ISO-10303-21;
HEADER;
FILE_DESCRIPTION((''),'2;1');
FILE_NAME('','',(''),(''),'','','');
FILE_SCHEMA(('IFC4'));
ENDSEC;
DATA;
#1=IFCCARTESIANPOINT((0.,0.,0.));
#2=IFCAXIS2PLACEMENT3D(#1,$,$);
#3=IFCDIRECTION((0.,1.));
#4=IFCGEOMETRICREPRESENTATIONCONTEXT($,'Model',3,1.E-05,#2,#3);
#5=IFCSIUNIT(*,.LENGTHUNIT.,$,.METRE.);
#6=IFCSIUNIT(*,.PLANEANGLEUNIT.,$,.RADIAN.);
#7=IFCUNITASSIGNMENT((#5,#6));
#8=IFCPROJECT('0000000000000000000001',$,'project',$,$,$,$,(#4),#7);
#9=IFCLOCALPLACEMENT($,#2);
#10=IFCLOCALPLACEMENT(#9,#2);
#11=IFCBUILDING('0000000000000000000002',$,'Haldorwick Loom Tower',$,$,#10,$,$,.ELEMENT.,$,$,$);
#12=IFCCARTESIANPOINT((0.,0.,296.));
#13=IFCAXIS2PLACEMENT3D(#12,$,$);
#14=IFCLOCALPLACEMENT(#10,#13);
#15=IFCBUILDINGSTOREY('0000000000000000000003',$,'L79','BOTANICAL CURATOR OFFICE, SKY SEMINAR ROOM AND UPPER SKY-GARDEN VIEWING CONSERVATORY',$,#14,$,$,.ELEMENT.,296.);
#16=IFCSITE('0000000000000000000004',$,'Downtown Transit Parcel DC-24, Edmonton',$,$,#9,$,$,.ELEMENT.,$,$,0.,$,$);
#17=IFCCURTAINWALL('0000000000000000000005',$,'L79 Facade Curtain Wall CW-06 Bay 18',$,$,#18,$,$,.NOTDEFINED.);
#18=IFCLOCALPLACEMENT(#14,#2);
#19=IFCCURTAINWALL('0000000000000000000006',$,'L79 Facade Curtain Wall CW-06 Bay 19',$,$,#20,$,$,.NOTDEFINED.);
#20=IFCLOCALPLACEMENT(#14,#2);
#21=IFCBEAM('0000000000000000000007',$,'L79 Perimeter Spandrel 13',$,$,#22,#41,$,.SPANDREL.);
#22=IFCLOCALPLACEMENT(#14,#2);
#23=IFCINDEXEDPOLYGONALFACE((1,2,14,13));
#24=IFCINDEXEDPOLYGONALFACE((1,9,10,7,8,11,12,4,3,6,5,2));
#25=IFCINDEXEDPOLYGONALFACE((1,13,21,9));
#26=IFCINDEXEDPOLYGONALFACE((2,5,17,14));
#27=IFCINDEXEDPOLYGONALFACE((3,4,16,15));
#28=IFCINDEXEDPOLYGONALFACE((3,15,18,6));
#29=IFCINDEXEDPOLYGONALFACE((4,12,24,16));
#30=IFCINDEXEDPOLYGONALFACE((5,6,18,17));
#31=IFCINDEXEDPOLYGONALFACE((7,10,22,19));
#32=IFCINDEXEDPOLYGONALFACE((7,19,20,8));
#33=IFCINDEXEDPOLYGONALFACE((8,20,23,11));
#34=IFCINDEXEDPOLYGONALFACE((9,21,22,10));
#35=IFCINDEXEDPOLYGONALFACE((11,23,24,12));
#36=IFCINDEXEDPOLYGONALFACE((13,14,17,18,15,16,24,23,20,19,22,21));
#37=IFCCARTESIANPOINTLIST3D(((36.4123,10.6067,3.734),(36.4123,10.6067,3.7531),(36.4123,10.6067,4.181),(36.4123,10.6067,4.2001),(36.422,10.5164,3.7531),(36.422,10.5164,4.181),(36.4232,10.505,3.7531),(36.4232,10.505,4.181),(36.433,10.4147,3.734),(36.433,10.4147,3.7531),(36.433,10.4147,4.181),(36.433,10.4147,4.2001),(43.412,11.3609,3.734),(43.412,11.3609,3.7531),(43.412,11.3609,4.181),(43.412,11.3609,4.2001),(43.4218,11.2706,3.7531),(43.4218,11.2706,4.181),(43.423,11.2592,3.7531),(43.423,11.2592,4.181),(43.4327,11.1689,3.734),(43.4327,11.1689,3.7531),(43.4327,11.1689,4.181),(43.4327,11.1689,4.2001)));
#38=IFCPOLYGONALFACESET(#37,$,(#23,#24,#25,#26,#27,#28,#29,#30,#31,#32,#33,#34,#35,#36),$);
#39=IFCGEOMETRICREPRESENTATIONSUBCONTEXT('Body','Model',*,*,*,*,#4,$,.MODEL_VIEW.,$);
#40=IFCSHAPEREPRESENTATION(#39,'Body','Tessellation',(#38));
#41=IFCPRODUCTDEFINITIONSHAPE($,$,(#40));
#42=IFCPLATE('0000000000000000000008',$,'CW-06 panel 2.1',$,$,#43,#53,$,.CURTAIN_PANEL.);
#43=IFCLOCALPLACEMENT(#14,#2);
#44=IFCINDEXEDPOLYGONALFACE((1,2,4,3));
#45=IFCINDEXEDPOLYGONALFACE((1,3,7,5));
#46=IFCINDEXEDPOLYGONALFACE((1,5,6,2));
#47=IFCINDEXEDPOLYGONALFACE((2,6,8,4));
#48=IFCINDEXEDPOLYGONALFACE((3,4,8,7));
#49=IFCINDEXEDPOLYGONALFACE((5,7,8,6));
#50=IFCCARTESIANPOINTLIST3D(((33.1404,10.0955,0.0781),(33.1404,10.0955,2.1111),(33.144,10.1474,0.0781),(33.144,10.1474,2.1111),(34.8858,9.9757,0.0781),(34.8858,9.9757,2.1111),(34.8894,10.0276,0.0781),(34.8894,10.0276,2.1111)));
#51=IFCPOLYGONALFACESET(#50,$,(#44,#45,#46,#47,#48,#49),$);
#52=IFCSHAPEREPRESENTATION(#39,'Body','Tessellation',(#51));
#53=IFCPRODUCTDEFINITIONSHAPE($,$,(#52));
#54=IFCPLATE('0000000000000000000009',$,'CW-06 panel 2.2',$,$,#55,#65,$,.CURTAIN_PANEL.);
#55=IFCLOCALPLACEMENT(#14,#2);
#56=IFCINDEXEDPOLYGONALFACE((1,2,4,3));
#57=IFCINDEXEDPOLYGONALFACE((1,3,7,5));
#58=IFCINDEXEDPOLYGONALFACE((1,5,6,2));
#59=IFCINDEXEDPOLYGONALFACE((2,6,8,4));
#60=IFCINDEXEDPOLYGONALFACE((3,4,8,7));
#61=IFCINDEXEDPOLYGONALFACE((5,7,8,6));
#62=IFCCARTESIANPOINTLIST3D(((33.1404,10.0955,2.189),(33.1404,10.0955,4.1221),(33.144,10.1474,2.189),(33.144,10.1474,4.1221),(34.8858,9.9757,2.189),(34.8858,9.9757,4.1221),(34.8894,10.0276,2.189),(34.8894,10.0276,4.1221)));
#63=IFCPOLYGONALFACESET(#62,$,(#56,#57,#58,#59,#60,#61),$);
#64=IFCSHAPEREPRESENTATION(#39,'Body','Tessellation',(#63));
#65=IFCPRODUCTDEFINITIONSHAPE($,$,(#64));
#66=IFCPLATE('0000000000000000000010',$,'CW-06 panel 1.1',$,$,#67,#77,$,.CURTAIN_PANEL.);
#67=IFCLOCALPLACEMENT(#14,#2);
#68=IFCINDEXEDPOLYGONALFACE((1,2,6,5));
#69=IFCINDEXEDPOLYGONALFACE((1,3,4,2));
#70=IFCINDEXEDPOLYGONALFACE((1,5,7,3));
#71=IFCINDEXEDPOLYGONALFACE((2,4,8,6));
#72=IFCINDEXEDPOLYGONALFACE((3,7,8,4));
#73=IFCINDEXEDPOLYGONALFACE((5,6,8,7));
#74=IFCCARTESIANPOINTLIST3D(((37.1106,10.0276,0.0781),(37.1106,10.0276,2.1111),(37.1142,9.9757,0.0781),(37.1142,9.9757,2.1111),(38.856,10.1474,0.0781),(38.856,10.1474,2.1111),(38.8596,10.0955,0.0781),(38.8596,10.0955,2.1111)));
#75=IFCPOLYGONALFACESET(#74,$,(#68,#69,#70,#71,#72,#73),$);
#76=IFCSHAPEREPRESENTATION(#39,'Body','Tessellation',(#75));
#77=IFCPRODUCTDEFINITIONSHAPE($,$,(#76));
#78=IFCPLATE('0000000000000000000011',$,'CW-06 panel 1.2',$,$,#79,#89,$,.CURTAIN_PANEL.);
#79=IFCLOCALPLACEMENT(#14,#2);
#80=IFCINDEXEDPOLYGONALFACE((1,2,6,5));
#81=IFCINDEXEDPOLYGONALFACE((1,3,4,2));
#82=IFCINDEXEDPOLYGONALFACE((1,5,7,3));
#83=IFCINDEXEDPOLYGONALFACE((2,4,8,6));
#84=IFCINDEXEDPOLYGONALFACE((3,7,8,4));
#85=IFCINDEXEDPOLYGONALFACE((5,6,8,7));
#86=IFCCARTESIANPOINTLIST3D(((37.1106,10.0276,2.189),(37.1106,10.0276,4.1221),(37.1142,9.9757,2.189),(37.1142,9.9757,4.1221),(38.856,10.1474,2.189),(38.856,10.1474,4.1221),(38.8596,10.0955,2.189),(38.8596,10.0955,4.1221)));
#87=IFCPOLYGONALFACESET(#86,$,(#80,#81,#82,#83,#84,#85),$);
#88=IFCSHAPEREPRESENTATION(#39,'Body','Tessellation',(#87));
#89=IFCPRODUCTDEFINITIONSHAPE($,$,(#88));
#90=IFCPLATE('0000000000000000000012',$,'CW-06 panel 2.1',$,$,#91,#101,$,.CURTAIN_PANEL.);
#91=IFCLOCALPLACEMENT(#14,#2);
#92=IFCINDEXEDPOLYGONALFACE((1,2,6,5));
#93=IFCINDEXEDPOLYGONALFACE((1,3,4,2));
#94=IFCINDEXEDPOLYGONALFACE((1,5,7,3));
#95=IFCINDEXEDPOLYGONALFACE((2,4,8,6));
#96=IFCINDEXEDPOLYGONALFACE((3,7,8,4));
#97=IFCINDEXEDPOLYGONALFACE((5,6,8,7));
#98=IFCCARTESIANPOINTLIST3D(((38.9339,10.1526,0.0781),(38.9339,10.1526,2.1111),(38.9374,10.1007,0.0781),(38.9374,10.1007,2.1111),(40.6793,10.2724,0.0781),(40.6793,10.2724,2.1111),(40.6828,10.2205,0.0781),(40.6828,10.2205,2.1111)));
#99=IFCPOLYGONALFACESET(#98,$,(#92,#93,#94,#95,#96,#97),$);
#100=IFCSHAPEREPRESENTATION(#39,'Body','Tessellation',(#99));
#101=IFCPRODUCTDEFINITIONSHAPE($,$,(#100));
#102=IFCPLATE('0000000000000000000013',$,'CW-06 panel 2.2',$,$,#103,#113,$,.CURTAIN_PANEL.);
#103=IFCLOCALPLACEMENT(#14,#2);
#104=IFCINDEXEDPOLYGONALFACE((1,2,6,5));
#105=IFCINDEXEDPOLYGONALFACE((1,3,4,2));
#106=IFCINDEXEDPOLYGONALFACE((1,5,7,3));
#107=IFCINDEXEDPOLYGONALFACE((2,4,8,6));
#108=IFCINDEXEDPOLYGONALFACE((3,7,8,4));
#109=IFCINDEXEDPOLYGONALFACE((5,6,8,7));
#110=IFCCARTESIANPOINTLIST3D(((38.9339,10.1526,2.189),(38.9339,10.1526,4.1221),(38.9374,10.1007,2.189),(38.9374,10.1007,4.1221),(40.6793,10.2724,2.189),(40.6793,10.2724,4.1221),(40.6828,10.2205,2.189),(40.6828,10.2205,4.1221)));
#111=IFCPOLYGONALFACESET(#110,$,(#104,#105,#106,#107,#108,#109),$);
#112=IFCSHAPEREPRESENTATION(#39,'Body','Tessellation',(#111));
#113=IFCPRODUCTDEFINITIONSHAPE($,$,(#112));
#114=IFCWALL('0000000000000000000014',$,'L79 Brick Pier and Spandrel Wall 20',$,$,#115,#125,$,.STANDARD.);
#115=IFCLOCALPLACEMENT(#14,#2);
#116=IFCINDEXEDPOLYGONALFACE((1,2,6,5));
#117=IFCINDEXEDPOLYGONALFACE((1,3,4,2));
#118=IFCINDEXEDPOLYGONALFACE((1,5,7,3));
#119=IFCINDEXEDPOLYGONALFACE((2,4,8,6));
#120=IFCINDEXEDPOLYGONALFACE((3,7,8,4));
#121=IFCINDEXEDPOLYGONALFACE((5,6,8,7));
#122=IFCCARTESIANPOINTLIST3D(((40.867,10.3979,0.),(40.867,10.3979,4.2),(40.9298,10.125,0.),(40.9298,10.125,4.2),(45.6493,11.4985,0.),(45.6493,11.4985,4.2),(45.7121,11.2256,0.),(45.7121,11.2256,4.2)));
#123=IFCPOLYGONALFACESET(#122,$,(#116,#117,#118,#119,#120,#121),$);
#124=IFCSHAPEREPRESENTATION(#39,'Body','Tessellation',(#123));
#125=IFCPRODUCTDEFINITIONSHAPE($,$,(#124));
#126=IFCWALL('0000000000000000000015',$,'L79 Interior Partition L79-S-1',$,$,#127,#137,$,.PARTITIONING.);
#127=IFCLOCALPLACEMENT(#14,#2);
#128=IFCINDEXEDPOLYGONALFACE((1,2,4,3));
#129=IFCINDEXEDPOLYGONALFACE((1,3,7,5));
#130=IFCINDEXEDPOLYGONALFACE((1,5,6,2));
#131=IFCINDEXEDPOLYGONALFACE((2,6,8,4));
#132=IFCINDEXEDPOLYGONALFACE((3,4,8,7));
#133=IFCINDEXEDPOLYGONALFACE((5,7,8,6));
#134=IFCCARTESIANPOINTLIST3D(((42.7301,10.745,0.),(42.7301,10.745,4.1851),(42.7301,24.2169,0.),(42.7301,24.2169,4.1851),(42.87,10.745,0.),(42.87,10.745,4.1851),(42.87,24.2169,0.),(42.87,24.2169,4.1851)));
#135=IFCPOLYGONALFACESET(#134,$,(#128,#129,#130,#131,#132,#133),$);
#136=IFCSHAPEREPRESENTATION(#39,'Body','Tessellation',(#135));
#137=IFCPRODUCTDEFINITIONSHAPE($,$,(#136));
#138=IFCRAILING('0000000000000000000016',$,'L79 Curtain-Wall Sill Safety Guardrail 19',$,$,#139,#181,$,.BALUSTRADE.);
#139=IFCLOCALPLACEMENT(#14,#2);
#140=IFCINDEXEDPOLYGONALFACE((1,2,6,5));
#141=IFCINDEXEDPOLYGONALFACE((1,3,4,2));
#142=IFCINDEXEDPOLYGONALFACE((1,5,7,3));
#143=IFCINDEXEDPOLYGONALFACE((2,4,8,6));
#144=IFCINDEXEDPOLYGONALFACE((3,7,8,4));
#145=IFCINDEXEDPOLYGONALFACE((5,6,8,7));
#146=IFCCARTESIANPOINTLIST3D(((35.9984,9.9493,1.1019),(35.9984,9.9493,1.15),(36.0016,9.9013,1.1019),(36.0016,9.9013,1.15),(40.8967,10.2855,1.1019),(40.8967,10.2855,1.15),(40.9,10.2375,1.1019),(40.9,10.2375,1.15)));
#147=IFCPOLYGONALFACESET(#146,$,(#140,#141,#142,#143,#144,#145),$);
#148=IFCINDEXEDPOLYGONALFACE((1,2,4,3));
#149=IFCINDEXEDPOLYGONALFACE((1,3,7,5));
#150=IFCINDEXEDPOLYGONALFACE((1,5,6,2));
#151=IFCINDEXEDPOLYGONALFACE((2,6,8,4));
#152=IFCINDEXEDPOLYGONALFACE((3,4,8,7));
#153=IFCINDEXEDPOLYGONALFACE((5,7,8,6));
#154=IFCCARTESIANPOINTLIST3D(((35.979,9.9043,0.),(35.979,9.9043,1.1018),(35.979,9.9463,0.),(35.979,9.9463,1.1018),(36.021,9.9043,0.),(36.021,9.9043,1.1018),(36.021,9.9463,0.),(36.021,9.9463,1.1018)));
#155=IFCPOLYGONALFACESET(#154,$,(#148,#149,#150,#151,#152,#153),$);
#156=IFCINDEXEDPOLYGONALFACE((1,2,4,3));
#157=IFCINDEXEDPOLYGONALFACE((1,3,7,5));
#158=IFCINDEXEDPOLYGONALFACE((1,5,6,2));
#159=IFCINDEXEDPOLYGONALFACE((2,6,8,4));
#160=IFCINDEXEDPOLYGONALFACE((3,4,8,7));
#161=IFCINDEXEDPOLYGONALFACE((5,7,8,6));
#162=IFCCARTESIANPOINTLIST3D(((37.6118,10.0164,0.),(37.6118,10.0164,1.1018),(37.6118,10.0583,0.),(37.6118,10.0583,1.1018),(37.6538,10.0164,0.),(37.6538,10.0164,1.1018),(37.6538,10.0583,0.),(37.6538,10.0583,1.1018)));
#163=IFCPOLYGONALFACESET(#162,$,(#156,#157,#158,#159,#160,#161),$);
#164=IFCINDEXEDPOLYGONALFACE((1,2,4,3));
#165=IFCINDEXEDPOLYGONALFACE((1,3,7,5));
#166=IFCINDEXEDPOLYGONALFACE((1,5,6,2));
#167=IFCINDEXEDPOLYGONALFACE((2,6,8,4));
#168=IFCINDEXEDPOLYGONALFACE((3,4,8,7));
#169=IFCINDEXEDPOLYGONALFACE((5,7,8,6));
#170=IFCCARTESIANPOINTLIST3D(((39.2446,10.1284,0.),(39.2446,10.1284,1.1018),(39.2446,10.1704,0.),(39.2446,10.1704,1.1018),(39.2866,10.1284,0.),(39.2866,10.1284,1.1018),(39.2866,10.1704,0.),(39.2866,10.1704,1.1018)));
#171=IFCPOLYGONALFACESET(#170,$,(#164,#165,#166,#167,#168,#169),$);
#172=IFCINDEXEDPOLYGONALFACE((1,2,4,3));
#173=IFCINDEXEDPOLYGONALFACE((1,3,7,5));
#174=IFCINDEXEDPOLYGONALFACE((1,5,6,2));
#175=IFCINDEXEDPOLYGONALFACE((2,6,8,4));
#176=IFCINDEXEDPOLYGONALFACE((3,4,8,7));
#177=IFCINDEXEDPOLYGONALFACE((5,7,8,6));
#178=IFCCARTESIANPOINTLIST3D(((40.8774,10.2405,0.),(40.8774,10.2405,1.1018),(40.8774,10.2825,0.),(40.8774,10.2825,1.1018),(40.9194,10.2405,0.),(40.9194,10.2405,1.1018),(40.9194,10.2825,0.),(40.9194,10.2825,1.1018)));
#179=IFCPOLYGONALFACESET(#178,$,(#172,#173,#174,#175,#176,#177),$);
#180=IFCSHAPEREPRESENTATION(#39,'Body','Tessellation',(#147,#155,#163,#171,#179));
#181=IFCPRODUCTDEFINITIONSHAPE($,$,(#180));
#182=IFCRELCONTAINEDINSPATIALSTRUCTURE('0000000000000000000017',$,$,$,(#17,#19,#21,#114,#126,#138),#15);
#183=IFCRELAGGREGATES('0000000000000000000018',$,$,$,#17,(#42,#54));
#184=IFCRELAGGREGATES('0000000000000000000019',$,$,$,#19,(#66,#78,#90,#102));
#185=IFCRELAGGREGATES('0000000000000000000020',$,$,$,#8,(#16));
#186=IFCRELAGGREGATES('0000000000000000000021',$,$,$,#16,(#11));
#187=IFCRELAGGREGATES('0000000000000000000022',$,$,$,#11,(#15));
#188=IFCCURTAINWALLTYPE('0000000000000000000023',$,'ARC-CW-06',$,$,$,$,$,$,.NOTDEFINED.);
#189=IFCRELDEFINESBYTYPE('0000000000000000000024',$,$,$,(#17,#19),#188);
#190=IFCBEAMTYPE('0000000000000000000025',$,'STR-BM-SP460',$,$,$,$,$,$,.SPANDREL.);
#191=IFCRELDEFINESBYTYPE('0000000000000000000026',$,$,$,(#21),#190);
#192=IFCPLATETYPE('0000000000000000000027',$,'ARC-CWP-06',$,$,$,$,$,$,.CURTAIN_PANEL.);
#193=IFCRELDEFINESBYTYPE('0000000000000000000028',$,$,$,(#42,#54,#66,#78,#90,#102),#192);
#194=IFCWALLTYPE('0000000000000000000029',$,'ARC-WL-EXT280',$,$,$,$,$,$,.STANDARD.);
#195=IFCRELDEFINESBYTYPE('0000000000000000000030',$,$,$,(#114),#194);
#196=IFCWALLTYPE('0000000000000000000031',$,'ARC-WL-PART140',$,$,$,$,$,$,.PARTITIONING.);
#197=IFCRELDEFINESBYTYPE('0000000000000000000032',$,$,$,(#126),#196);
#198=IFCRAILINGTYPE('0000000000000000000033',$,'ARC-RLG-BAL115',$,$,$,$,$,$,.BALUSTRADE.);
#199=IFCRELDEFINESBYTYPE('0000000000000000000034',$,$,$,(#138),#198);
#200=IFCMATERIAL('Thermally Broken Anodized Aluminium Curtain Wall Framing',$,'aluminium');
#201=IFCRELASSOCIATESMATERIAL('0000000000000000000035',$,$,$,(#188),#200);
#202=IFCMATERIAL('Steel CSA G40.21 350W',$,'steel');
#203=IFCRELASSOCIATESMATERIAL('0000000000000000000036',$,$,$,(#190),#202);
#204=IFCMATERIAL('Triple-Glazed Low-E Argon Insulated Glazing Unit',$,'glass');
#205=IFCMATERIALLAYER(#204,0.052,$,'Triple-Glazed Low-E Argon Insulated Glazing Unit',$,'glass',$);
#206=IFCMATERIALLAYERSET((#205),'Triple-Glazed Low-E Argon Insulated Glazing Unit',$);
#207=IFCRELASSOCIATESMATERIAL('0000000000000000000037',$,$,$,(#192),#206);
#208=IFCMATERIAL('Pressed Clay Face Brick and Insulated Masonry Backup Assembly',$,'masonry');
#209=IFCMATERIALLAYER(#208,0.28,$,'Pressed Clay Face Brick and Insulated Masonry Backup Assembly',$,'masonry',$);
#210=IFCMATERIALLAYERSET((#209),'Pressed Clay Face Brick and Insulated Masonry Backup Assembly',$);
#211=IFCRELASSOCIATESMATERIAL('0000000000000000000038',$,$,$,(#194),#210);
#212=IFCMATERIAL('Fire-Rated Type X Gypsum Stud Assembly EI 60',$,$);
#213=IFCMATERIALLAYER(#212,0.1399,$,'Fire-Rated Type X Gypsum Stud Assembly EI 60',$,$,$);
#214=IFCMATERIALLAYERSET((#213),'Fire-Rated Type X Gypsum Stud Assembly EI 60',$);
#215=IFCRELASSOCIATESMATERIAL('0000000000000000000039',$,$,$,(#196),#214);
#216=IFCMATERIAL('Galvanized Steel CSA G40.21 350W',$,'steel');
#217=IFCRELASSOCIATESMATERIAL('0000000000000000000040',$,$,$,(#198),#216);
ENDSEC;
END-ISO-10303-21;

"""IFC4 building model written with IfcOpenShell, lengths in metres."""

from ifc_helpers import new_model, si_unit, direction, frame, frame_2d, origin, origin_2d, place, context, subcontext, project, spatial, rectangle, i_section, extrude, material, layer, layer_set, material_profile, profile_set, type_object, element, aggregate, save


model = new_model("IFC4")

# Units and contexts
model_context = context("Model", 3, precision=1e-05, world=origin(), true_north=direction((0.0, 1.0)))
body_context = subcontext(model_context, "Body", "Model", "MODEL_VIEW")
ifc_project = project(units=[si_unit("LENGTHUNIT", "METRE"), si_unit("PLANEANGLEUNIT", "RADIAN")], contexts=[model_context])

# Site, building, storey
site_placement = place(None, origin())
site = spatial("IfcSite", under=ifc_project, at=site_placement, Name="Downtown Transit Parcel DC-24, Edmonton", CompositionType="ELEMENT", RefElevation=0.0)
building_placement = place(site_placement, origin())
building = spatial("IfcBuilding", under=site, at=building_placement, Name="Haldorwick Loom Tower", CompositionType="ELEMENT")
storey_placement = place(building_placement, frame((0.0, 0.0, 296.0)))
storey = spatial("IfcBuildingStorey", under=building, at=storey_placement, Name="L79", Description="BOTANICAL CURATOR OFFICE, SKY SEMINAR ROOM AND UPPER SKY-GARDEN VIEWING CONSERVATORY", CompositionType="ELEMENT", Elevation=296.0)

# Curtain wall
ifc_material_1 = material(Name="Thermally Broken Anodized Aluminium Curtain Wall Framing", Category="aluminium")
curtain_wall_type = type_object("IfcCurtainWallType", Name="ARC-CW-06", PredefinedType="NOTDEFINED", material=ifc_material_1)
curtain_wall_1_placement = place(storey_placement, origin())
curtain_wall_1 = element("IfcCurtainWall", 1, at=curtain_wall_1_placement, inside=storey, type_object=curtain_wall_type, Name="L79 Facade Curtain Wall CW-06 Bay 18", PredefinedType="NOTDEFINED")

# Curtain wall
curtain_wall_2_placement = place(storey_placement, origin())
curtain_wall_2 = element("IfcCurtainWall", 2, at=curtain_wall_2_placement, inside=storey, type_object=curtain_wall_type, Name="L79 Facade Curtain Wall CW-06 Bay 19", PredefinedType="NOTDEFINED")

# Beam
ifc_material_2 = material(Name="Steel CSA G40.21 350W", Category="steel")
ifc_material_profile_1 = material_profile(ifc_material_2, i_section(OverallWidth=0.1931, OverallDepth=0.4661, WebThickness=0.0115, FlangeThickness=0.019, at=origin_2d()), Name="W460X97", Category="steel")
ifc_profile_set_1 = profile_set([ifc_material_profile_1], Name="Steel CSA G40.21 350W")
beam_type = type_object("IfcBeamType", Name="STR-BM-SP460", PredefinedType="SPANDREL", material=ifc_profile_set_1)
beam_placement = place(storey_placement, frame((36.4226, 10.5107, 3.967), z_axis=(0.994246, 0.10712, 0.0), x_axis=(-0.10712, 0.994246, 0.0)))
element("IfcBeam", 3, at=beam_placement, inside=storey, type_object=beam_type, Name="L79 Perimeter Spandrel 13", PredefinedType="SPANDREL", context=body_context, shape_type="SweptSolid", body=[
    extrude(i_section(OverallWidth=0.1931, OverallDepth=0.4661, WebThickness=0.0115, FlangeThickness=0.019, at=origin_2d()), origin(), (0.0, 0.0, 1.0), 7.0403),
])

# Plates
ifc_material_3 = material(Name="Triple-Glazed Low-E Argon Insulated Glazing Unit", Category="glass")
ifc_layer_1 = layer(ifc_material_3, 0.052, Name="Triple-Glazed Low-E Argon Insulated Glazing Unit", Category="glass")
ifc_layer_set_1 = layer_set([ifc_layer_1], Name="Triple-Glazed Low-E Argon Insulated Glazing Unit")
plate_type = type_object("IfcPlateType", Name="ARC-CWP-06", PredefinedType="CURTAIN_PANEL", material=ifc_layer_set_1)
plate_1_placement = place(storey_placement, frame((34.0149, 10.0615, 0.0781), z_axis=(0.0, 0.0, 1.0), x_axis=(0.997653, -0.068469, 0.0)))
plate_1 = element("IfcPlate", 4, at=plate_1_placement, type_object=plate_type, Name="CW-06 panel 2.1", PredefinedType="CURTAIN_PANEL", context=body_context, shape_type="SweptSolid", body=[
    extrude(rectangle(XDim=1.7495, YDim=0.052, at=origin_2d()), origin(), (0.0, 0.0, 1.0), 2.033),
])
plate_2_placement = place(storey_placement, frame((34.0149, 10.0615, 2.189), z_axis=(0.0, 0.0, 1.0), x_axis=(0.997653, -0.068469, 0.0)))
plate_2 = element("IfcPlate", 5, at=plate_2_placement, type_object=plate_type, Name="CW-06 panel 2.2", PredefinedType="CURTAIN_PANEL", context=body_context, shape_type="SweptSolid", body=[
    extrude(rectangle(XDim=1.7495, YDim=0.052, at=origin_2d()), origin(), (0.0, 0.0, 1.0), 1.9331),
])
aggregate(curtain_wall_1, [plate_1, plate_2])
plate_3_placement = place(storey_placement, frame((37.9851, 10.0615, 0.0781), z_axis=(0.0, 0.0, 1.0), x_axis=(0.997653, 0.068469, 0.0)))
plate_3 = element("IfcPlate", 6, at=plate_3_placement, type_object=plate_type, Name="CW-06 panel 1.1", PredefinedType="CURTAIN_PANEL", context=body_context, shape_type="SweptSolid", body=[
    extrude(rectangle(XDim=1.7495, YDim=0.052, at=origin_2d()), origin(), (0.0, 0.0, 1.0), 2.033),
])
plate_4_placement = place(storey_placement, frame((37.9851, 10.0615, 2.189), z_axis=(0.0, 0.0, 1.0), x_axis=(0.997653, 0.068469, 0.0)))
plate_4 = element("IfcPlate", 7, at=plate_4_placement, type_object=plate_type, Name="CW-06 panel 1.2", PredefinedType="CURTAIN_PANEL", context=body_context, shape_type="SweptSolid", body=[
    extrude(rectangle(XDim=1.7495, YDim=0.052, at=origin_2d()), origin(), (0.0, 0.0, 1.0), 1.9331),
])
plate_5_placement = place(storey_placement, frame((39.8083, 10.1865, 0.0781), z_axis=(0.0, 0.0, 1.0), x_axis=(0.997653, 0.068469, 0.0)))
plate_5 = element("IfcPlate", 8, at=plate_5_placement, type_object=plate_type, Name="CW-06 panel 2.1", PredefinedType="CURTAIN_PANEL", context=body_context, shape_type="SweptSolid", body=[
    extrude(rectangle(XDim=1.7495, YDim=0.052, at=origin_2d()), origin(), (0.0, 0.0, 1.0), 2.033),
])
plate_6_placement = place(storey_placement, frame((39.8083, 10.1865, 2.189), z_axis=(0.0, 0.0, 1.0), x_axis=(0.997653, 0.068469, 0.0)))
plate_6 = element("IfcPlate", 9, at=plate_6_placement, type_object=plate_type, Name="CW-06 panel 2.2", PredefinedType="CURTAIN_PANEL", context=body_context, shape_type="SweptSolid", body=[
    extrude(rectangle(XDim=1.7495, YDim=0.052, at=origin_2d()), origin(), (0.0, 0.0, 1.0), 1.9331),
])
aggregate(curtain_wall_2, [plate_3, plate_4, plate_5, plate_6])

# Walls
ifc_material_4 = material(Name="Pressed Clay Face Brick and Insulated Masonry Backup Assembly", Category="masonry")
ifc_layer_2 = layer(ifc_material_4, 0.28, Name="Pressed Clay Face Brick and Insulated Masonry Backup Assembly", Category="masonry")
ifc_layer_set_2 = layer_set([ifc_layer_2], Name="Pressed Clay Face Brick and Insulated Masonry Backup Assembly")
wall_type_1 = type_object("IfcWallType", Name="ARC-WL-EXT280", PredefinedType="STANDARD", material=ifc_layer_set_2)
wall_1_placement = place(storey_placement, frame((40.8984, 10.2615, 0.0), z_axis=(0.0, 0.0, 1.0), x_axis=(0.974525, 0.224278, 0.0)))
element("IfcWall", 10, at=wall_1_placement, inside=storey, type_object=wall_type_1, Name="L79 Brick Pier and Spandrel Wall 20", PredefinedType="STANDARD", context=body_context, shape_type="SweptSolid", body=[
    extrude(rectangle(XDim=4.9072, YDim=0.28, at=frame_2d((2.4536, 0.0))), origin(), (0.0, 0.0, 1.0), 4.2),
])
ifc_material_5 = material(Name="Fire-Rated Type X Gypsum Stud Assembly EI 60")
ifc_layer_3 = layer(ifc_material_5, 0.1399, Name="Fire-Rated Type X Gypsum Stud Assembly EI 60")
ifc_layer_set_3 = layer_set([ifc_layer_3], Name="Fire-Rated Type X Gypsum Stud Assembly EI 60")
wall_type_2 = type_object("IfcWallType", Name="ARC-WL-PART140", PredefinedType="PARTITIONING", material=ifc_layer_set_3)
wall_2_placement = place(storey_placement, frame((42.8, 10.7451, 0.0), z_axis=(0.0, 0.0, 1.0), x_axis=(0.0, 1.0, 0.0)))
element("IfcWall", 11, at=wall_2_placement, inside=storey, type_object=wall_type_2, Name="L79 Interior Partition L79-S-1", PredefinedType="PARTITIONING", context=body_context, shape_type="SweptSolid", body=[
    extrude(rectangle(XDim=13.4719, YDim=0.1399, at=frame_2d((6.7358, 0.0))), origin(), (0.0, 0.0, 1.0), 4.1851),
])

# Railing
ifc_material_6 = material(Name="Galvanized Steel CSA G40.21 350W", Category="steel")
railing_type = type_object("IfcRailingType", Name="ARC-RLG-BAL115", PredefinedType="BALUSTRADE", material=ifc_material_6)
railing_1_placement = place(storey_placement, frame((36.0, 9.9253, 0.0)))
element("IfcRailing", 12, at=railing_1_placement, inside=storey, type_object=railing_type, Name="L79 Curtain-Wall Sill Safety Guardrail 19", PredefinedType="BALUSTRADE", context=body_context, shape_type="SweptSolid", body=[
    extrude(rectangle(XDim=0.0481, YDim=0.0481, at=origin_2d()), frame((0.0, 0.0, 1.126), z_axis=(0.997653, 0.068469, 0.0), x_axis=(-0.068469, 0.997653, 0.0)), (0.0, 0.0, 1.0), 4.9099),
    extrude(rectangle(XDim=0.042, YDim=0.042, at=origin_2d()), origin(), (0.0, 0.0, 1.0), 1.1018),
    extrude(rectangle(XDim=0.042, YDim=0.042, at=origin_2d()), frame((1.6328, 0.1121, 0.0)), (0.0, 0.0, 1.0), 1.1018),
    extrude(rectangle(XDim=0.042, YDim=0.042, at=origin_2d()), frame((3.2656, 0.2241, 0.0)), (0.0, 0.0, 1.0), 1.1018),
    extrude(rectangle(XDim=0.042, YDim=0.042, at=origin_2d()), frame((4.8984, 0.3362, 0.0)), (0.0, 0.0, 1.0), 1.1018),
])

save(model, "model.ifc")
